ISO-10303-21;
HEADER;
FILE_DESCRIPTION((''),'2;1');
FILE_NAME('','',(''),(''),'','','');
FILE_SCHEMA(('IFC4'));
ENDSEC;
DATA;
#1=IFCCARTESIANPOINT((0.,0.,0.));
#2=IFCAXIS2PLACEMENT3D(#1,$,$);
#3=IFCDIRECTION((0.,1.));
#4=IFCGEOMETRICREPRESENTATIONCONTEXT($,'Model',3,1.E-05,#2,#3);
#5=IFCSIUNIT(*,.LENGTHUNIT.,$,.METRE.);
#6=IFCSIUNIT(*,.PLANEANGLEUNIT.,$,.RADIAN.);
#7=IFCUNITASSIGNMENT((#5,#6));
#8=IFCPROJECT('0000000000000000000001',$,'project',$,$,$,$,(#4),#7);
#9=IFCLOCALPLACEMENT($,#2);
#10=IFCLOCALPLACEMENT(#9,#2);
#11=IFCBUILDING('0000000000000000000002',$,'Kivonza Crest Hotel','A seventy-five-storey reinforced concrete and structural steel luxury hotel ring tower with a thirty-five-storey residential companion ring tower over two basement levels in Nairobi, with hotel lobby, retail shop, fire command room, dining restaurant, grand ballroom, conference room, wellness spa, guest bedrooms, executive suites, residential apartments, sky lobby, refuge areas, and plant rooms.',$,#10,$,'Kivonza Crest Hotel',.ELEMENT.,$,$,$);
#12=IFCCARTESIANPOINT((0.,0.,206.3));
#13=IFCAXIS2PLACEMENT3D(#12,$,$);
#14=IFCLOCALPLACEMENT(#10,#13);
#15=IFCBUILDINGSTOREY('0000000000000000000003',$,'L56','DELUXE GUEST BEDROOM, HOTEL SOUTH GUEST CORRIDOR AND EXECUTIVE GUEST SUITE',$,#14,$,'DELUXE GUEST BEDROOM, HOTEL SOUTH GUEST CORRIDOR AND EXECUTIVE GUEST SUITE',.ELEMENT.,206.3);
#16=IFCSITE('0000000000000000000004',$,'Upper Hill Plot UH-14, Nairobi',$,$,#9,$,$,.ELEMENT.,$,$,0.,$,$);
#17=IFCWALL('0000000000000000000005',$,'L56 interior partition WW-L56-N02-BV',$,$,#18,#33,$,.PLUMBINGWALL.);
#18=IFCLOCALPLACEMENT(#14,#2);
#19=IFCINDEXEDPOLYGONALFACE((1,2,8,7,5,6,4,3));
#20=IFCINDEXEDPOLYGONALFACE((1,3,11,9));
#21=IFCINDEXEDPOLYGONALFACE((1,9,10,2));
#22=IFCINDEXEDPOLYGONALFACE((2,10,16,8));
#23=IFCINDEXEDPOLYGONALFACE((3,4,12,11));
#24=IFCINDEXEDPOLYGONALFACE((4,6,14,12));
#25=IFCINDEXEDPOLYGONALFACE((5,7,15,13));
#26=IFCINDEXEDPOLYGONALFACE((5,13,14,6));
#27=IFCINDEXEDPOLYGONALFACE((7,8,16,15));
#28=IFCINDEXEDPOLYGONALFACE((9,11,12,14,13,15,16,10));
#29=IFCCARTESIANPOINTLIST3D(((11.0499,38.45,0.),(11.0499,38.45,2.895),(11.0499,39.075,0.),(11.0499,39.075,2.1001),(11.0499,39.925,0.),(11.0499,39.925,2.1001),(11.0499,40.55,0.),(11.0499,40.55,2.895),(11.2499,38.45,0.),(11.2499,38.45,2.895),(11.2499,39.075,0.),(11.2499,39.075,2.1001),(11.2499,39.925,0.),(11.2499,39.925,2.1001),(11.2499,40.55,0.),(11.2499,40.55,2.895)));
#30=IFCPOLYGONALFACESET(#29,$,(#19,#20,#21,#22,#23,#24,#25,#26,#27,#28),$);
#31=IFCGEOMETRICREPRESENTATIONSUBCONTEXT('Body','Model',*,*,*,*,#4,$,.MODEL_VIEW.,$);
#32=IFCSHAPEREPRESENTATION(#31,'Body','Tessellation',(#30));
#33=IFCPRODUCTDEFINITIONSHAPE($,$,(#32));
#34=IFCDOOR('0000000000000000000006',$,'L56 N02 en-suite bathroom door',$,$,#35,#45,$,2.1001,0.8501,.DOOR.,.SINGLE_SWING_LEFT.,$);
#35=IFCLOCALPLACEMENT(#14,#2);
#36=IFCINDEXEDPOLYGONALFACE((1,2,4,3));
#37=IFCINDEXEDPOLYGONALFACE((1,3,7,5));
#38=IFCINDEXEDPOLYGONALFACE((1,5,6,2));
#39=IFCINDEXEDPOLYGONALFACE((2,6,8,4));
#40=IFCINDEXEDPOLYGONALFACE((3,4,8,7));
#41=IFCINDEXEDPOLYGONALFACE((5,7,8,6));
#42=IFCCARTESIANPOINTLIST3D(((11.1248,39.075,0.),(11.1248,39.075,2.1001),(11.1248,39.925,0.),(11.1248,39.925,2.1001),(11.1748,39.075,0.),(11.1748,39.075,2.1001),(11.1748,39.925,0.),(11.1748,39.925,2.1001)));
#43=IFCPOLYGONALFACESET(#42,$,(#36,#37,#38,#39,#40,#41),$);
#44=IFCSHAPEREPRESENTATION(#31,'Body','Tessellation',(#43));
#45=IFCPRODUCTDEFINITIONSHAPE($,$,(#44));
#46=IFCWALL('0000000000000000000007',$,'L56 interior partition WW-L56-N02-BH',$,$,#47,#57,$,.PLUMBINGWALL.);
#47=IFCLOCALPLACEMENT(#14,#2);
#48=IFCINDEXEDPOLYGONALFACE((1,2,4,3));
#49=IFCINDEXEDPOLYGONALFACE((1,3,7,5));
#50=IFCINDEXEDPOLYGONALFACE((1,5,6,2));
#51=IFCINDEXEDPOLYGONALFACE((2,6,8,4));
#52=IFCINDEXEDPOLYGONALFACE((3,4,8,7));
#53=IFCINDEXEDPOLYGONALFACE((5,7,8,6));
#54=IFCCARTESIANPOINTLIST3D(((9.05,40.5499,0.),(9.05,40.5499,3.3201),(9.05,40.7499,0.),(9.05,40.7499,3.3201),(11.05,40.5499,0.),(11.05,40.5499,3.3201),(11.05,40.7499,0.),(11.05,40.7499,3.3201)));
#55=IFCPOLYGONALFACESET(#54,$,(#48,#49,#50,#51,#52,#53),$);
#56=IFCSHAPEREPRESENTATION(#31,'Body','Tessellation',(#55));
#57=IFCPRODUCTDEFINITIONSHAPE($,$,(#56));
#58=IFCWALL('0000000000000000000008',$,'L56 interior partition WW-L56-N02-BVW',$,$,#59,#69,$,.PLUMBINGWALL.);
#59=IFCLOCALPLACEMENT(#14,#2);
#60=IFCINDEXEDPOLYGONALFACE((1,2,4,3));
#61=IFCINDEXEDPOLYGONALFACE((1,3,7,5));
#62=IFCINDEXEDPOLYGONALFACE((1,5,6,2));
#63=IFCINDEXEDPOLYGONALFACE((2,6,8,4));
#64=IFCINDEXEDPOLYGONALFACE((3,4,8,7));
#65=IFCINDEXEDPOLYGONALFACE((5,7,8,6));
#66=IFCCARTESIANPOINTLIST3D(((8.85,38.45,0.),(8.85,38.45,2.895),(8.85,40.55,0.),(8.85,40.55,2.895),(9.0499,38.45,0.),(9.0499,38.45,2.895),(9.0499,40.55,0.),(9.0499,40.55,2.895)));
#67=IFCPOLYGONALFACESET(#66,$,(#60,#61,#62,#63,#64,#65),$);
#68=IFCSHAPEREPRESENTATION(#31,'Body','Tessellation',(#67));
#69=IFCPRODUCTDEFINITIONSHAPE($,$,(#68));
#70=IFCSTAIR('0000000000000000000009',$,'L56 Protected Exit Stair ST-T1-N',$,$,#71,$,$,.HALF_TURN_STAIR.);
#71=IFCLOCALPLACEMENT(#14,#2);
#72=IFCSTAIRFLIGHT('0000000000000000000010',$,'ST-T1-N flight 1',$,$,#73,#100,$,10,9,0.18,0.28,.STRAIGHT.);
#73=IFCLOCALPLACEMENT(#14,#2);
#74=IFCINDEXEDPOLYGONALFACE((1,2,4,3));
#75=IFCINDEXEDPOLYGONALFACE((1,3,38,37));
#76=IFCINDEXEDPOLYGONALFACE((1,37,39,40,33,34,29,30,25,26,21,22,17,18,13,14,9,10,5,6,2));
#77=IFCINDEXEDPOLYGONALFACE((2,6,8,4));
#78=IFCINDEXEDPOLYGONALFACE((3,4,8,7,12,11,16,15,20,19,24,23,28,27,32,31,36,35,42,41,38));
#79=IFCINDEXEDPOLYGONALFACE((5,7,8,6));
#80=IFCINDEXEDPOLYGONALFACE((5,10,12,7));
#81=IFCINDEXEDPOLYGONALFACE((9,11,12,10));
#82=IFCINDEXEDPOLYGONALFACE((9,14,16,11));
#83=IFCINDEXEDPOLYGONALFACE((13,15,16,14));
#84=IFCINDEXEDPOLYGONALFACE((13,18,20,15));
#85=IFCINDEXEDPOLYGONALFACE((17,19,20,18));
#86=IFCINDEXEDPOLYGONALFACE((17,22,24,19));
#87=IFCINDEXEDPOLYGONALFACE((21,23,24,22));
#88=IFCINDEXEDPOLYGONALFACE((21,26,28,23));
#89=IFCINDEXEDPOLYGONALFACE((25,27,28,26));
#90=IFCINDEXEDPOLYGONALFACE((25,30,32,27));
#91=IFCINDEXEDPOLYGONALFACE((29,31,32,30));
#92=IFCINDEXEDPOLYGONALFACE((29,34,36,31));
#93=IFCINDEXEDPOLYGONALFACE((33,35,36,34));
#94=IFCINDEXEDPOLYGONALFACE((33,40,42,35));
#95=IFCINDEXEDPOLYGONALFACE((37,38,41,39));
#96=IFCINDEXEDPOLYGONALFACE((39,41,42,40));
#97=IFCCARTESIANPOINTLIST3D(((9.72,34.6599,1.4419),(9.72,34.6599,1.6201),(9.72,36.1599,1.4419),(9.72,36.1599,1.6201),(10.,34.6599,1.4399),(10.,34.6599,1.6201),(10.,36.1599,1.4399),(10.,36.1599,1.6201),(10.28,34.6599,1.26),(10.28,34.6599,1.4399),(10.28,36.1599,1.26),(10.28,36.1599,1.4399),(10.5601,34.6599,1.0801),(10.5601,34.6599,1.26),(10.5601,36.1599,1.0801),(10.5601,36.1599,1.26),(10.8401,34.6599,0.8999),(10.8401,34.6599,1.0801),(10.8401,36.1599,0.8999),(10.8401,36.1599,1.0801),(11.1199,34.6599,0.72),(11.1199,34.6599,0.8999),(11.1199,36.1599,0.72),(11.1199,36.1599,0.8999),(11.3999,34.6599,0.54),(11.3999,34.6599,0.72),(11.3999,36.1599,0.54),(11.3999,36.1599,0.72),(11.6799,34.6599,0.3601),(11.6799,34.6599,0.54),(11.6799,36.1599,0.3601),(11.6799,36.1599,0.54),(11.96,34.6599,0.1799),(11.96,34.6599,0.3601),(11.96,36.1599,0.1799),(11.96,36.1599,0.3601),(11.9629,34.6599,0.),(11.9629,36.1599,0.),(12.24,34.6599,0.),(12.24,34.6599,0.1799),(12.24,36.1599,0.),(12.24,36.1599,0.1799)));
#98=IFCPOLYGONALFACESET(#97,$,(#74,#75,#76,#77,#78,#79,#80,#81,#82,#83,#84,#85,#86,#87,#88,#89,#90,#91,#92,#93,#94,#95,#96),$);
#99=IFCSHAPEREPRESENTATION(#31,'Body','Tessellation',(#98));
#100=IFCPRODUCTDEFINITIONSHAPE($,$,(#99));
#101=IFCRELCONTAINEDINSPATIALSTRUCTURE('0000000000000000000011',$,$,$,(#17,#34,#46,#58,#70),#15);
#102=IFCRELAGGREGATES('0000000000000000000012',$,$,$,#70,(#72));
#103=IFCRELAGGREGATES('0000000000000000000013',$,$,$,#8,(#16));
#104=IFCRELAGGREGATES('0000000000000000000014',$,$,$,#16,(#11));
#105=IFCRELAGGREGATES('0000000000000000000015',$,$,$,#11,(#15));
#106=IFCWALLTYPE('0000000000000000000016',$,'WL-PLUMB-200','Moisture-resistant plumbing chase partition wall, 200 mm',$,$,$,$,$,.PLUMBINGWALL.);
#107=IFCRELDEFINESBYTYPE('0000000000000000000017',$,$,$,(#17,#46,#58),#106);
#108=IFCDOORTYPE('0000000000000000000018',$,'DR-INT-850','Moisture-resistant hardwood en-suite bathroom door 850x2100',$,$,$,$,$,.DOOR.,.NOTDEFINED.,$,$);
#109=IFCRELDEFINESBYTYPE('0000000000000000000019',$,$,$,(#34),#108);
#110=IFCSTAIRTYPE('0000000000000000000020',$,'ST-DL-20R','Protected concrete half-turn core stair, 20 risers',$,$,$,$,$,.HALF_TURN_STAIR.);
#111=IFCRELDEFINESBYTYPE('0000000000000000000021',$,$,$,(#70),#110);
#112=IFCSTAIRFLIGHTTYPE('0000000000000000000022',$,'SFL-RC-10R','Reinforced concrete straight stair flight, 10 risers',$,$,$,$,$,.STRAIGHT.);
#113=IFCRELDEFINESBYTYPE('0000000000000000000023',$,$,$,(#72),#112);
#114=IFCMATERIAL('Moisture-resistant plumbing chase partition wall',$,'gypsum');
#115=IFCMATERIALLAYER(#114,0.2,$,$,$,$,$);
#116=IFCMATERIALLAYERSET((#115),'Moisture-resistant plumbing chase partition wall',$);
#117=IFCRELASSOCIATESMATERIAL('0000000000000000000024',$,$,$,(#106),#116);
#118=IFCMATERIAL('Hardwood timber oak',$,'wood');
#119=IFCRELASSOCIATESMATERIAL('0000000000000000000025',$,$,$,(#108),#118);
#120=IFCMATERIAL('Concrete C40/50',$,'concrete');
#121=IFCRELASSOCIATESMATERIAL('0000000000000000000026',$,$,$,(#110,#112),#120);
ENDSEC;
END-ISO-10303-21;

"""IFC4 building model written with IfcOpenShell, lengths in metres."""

from ifc_helpers import new_model, si_unit, direction, frame, frame_2d, origin, place, context, subcontext, project, spatial, polyline, rectangle, outline, extrude, material, layer, layer_set, type_object, element, fill, aggregate, save


model = new_model("IFC4")

# Units and contexts
model_context = context("Model", 3, precision=1e-05, world=origin(), true_north=direction((0.0, 1.0)))
body_context = subcontext(model_context, "Body", "Model", "MODEL_VIEW")
ifc_project = project(units=[si_unit("LENGTHUNIT", "METRE"), si_unit("PLANEANGLEUNIT", "RADIAN")], contexts=[model_context])

# Site, building, storey
site_placement = place(None, origin())
site = spatial("IfcSite", under=ifc_project, at=site_placement, Name="Upper Hill Plot UH-14, Nairobi", CompositionType="ELEMENT", RefElevation=0.0)
building_placement = place(site_placement, origin())
building = spatial("IfcBuilding", under=site, at=building_placement, Name="Kivonza Crest Hotel", Description="A seventy-five-storey reinforced concrete and structural steel luxury hotel ring tower with a thirty-five-storey residential companion ring tower over two basement levels in Nairobi, with hotel lobby, retail shop, fire command room, dining restaurant, grand ballroom, conference room, wellness spa, guest bedrooms, executive suites, residential apartments, sky lobby, refuge areas, and plant rooms.", LongName="Kivonza Crest Hotel", CompositionType="ELEMENT")
storey_placement = place(building_placement, frame((0.0, 0.0, 206.3)))
storey = spatial("IfcBuildingStorey", under=building, at=storey_placement, Name="L56", Description="DELUXE GUEST BEDROOM, HOTEL SOUTH GUEST CORRIDOR AND EXECUTIVE GUEST SUITE", LongName="DELUXE GUEST BEDROOM, HOTEL SOUTH GUEST CORRIDOR AND EXECUTIVE GUEST SUITE", CompositionType="ELEMENT", Elevation=206.3)

# Shared definitions
ifc_material_1 = material(Name="Hardwood timber oak", Category="wood")

# Wall, opening, door
ifc_material_2 = material(Name="Moisture-resistant plumbing chase partition wall", Category="gypsum")
ifc_layer_1 = layer(ifc_material_2, 0.2)
ifc_layer_set_1 = layer_set([ifc_layer_1], Name="Moisture-resistant plumbing chase partition wall")
wall_type_1 = type_object("IfcWallType", Name="WL-PLUMB-200", Description="Moisture-resistant plumbing chase partition wall, 200 mm", PredefinedType="PLUMBINGWALL", material=ifc_layer_set_1)
wall_1_placement = place(storey_placement, frame((11.1499, 38.45, 0.0), z_axis=(0.0, 0.0, 1.0), x_axis=(0.0, 1.0, 0.0)))
wall_1 = element("IfcWall", 1, at=wall_1_placement, inside=storey, type_object=wall_type_1, Name="L56 interior partition WW-L56-N02-BV", PredefinedType="PLUMBINGWALL", context=body_context, shape_type="SweptSolid", body=[
    extrude(rectangle(XDim=2.1001, YDim=0.2, at=frame_2d((1.05, 0.0))), origin(), (0.0, 0.0, 1.0), 2.895),
])
opening_1_placement = place(wall_1_placement, frame((0.625, 0.0, 0.0)))
opening_1 = element("IfcOpeningElement", 2, at=opening_1_placement, cuts=wall_1, PredefinedType="OPENING", context=body_context, shape_type="SweptSolid", body=[
    extrude(rectangle(XDim=0.8501, YDim=2.1001, at=frame_2d((0.425, 1.05))), frame((0.0, 0.1099, 0.0), z_axis=(0.0, -1.0, 0.0), x_axis=(1.0, 0.0, 0.0)), (0.0, 0.0, 1.0), 0.22),
])
door_type_1 = type_object("IfcDoorType", Name="DR-INT-850", Description="Moisture-resistant hardwood en-suite bathroom door 850x2100", OperationType="NOTDEFINED", PredefinedType="DOOR", material=ifc_material_1)
door_1_placement = place(opening_1_placement, frame((0.8501, 0.0, 0.0), z_axis=(0.0, 0.0, 1.0), x_axis=(-1.0, 0.0, 0.0)))
door_1 = element("IfcDoor", 3, at=door_1_placement, inside=storey, type_object=door_type_1, Name="L56 N02 en-suite bathroom door", OperationType="SINGLE_SWING_LEFT", OverallHeight=2.1001, OverallWidth=0.8501, PredefinedType="DOOR", context=body_context, shape_type="SweptSolid", body=[
    extrude(rectangle(XDim=0.8501, YDim=2.1001, at=frame_2d((0.425, 1.05))), frame((0.0, 0.0249, 0.0), z_axis=(0.0, -1.0, 0.0), x_axis=(1.0, 0.0, 0.0)), (0.0, 0.0, 1.0), 0.05),
])
fill(opening_1, door_1)

# Walls
wall_2_placement = place(storey_placement, frame((9.05, 40.6499, 0.0), z_axis=(0.0, 0.0, 1.0), x_axis=(1.0, 0.0, 0.0)))
element("IfcWall", 4, at=wall_2_placement, inside=storey, type_object=wall_type_1, Name="L56 interior partition WW-L56-N02-BH", PredefinedType="PLUMBINGWALL", context=body_context, shape_type="SweptSolid", body=[
    extrude(rectangle(XDim=2.0, YDim=0.2, at=frame_2d((1.0, 0.0))), origin(), (0.0, 0.0, 1.0), 3.3201),
])
wall_3_placement = place(storey_placement, frame((8.95, 38.45, 0.0), z_axis=(0.0, 0.0, 1.0), x_axis=(0.0, 1.0, 0.0)))
element("IfcWall", 5, at=wall_3_placement, inside=storey, type_object=wall_type_1, Name="L56 interior partition WW-L56-N02-BVW", PredefinedType="PLUMBINGWALL", context=body_context, shape_type="SweptSolid", body=[
    extrude(rectangle(XDim=2.1001, YDim=0.2, at=frame_2d((1.05, 0.0))), origin(), (0.0, 0.0, 1.0), 2.895),
])

# Stair, stair flight
ifc_material_3 = material(Name="Concrete C40/50", Category="concrete")
stair_type = type_object("IfcStairType", Name="ST-DL-20R", Description="Protected concrete half-turn core stair, 20 risers", PredefinedType="HALF_TURN_STAIR", material=ifc_material_3)
stair_placement = place(storey_placement, origin())
stair = element("IfcStair", 6, at=stair_placement, inside=storey, type_object=stair_type, Name="L56 Protected Exit Stair ST-T1-N", PredefinedType="HALF_TURN_STAIR")
stair_flight_type = type_object("IfcStairFlightType", Name="SFL-RC-10R", Description="Reinforced concrete straight stair flight, 10 risers", PredefinedType="STRAIGHT", material=ifc_material_3)
stair_flight_placement = place(storey_placement, frame((12.24, 35.4099, 0.0), z_axis=(0.0, 0.0, 1.0), x_axis=(-1.0, 0.0, 0.0)))
stair_flight = element("IfcStairFlight", 7, at=stair_flight_placement, type_object=stair_flight_type, Name="ST-T1-N flight 1", NumberOfRisers=10, NumberOfTreads=9, PredefinedType="STRAIGHT", RiserHeight=0.18, TreadLength=0.28, context=body_context, shape_type="SweptSolid", body=[
    extrude(outline(polyline([(0.0, 0.0), (0.0, 0.1799), (0.28, 0.1799), (0.28, 0.3601), (0.5601, 0.3601), (0.5601, 0.54), (0.8401, 0.54), (0.8401, 0.72), (1.1201, 0.72), (1.1201, 0.8999), (1.3999, 0.8999), (1.3999, 1.0801), (1.6799, 1.0801), (1.6799, 1.26), (1.96, 1.26), (1.96, 1.4399), (2.24, 1.4399), (2.24, 1.6201), (2.52, 1.6201), (2.52, 1.8), (2.52, 1.4419), (0.2771, 0.0), (0.0, 0.0)])), frame((0.0, 0.75, 0.0), z_axis=(0.0, -1.0, 0.0), x_axis=(1.0, 0.0, 0.0)), (0.0, 0.0, 1.0), 1.5),
])
aggregate(stair, [stair_flight])

save(model, "model.ifc")
